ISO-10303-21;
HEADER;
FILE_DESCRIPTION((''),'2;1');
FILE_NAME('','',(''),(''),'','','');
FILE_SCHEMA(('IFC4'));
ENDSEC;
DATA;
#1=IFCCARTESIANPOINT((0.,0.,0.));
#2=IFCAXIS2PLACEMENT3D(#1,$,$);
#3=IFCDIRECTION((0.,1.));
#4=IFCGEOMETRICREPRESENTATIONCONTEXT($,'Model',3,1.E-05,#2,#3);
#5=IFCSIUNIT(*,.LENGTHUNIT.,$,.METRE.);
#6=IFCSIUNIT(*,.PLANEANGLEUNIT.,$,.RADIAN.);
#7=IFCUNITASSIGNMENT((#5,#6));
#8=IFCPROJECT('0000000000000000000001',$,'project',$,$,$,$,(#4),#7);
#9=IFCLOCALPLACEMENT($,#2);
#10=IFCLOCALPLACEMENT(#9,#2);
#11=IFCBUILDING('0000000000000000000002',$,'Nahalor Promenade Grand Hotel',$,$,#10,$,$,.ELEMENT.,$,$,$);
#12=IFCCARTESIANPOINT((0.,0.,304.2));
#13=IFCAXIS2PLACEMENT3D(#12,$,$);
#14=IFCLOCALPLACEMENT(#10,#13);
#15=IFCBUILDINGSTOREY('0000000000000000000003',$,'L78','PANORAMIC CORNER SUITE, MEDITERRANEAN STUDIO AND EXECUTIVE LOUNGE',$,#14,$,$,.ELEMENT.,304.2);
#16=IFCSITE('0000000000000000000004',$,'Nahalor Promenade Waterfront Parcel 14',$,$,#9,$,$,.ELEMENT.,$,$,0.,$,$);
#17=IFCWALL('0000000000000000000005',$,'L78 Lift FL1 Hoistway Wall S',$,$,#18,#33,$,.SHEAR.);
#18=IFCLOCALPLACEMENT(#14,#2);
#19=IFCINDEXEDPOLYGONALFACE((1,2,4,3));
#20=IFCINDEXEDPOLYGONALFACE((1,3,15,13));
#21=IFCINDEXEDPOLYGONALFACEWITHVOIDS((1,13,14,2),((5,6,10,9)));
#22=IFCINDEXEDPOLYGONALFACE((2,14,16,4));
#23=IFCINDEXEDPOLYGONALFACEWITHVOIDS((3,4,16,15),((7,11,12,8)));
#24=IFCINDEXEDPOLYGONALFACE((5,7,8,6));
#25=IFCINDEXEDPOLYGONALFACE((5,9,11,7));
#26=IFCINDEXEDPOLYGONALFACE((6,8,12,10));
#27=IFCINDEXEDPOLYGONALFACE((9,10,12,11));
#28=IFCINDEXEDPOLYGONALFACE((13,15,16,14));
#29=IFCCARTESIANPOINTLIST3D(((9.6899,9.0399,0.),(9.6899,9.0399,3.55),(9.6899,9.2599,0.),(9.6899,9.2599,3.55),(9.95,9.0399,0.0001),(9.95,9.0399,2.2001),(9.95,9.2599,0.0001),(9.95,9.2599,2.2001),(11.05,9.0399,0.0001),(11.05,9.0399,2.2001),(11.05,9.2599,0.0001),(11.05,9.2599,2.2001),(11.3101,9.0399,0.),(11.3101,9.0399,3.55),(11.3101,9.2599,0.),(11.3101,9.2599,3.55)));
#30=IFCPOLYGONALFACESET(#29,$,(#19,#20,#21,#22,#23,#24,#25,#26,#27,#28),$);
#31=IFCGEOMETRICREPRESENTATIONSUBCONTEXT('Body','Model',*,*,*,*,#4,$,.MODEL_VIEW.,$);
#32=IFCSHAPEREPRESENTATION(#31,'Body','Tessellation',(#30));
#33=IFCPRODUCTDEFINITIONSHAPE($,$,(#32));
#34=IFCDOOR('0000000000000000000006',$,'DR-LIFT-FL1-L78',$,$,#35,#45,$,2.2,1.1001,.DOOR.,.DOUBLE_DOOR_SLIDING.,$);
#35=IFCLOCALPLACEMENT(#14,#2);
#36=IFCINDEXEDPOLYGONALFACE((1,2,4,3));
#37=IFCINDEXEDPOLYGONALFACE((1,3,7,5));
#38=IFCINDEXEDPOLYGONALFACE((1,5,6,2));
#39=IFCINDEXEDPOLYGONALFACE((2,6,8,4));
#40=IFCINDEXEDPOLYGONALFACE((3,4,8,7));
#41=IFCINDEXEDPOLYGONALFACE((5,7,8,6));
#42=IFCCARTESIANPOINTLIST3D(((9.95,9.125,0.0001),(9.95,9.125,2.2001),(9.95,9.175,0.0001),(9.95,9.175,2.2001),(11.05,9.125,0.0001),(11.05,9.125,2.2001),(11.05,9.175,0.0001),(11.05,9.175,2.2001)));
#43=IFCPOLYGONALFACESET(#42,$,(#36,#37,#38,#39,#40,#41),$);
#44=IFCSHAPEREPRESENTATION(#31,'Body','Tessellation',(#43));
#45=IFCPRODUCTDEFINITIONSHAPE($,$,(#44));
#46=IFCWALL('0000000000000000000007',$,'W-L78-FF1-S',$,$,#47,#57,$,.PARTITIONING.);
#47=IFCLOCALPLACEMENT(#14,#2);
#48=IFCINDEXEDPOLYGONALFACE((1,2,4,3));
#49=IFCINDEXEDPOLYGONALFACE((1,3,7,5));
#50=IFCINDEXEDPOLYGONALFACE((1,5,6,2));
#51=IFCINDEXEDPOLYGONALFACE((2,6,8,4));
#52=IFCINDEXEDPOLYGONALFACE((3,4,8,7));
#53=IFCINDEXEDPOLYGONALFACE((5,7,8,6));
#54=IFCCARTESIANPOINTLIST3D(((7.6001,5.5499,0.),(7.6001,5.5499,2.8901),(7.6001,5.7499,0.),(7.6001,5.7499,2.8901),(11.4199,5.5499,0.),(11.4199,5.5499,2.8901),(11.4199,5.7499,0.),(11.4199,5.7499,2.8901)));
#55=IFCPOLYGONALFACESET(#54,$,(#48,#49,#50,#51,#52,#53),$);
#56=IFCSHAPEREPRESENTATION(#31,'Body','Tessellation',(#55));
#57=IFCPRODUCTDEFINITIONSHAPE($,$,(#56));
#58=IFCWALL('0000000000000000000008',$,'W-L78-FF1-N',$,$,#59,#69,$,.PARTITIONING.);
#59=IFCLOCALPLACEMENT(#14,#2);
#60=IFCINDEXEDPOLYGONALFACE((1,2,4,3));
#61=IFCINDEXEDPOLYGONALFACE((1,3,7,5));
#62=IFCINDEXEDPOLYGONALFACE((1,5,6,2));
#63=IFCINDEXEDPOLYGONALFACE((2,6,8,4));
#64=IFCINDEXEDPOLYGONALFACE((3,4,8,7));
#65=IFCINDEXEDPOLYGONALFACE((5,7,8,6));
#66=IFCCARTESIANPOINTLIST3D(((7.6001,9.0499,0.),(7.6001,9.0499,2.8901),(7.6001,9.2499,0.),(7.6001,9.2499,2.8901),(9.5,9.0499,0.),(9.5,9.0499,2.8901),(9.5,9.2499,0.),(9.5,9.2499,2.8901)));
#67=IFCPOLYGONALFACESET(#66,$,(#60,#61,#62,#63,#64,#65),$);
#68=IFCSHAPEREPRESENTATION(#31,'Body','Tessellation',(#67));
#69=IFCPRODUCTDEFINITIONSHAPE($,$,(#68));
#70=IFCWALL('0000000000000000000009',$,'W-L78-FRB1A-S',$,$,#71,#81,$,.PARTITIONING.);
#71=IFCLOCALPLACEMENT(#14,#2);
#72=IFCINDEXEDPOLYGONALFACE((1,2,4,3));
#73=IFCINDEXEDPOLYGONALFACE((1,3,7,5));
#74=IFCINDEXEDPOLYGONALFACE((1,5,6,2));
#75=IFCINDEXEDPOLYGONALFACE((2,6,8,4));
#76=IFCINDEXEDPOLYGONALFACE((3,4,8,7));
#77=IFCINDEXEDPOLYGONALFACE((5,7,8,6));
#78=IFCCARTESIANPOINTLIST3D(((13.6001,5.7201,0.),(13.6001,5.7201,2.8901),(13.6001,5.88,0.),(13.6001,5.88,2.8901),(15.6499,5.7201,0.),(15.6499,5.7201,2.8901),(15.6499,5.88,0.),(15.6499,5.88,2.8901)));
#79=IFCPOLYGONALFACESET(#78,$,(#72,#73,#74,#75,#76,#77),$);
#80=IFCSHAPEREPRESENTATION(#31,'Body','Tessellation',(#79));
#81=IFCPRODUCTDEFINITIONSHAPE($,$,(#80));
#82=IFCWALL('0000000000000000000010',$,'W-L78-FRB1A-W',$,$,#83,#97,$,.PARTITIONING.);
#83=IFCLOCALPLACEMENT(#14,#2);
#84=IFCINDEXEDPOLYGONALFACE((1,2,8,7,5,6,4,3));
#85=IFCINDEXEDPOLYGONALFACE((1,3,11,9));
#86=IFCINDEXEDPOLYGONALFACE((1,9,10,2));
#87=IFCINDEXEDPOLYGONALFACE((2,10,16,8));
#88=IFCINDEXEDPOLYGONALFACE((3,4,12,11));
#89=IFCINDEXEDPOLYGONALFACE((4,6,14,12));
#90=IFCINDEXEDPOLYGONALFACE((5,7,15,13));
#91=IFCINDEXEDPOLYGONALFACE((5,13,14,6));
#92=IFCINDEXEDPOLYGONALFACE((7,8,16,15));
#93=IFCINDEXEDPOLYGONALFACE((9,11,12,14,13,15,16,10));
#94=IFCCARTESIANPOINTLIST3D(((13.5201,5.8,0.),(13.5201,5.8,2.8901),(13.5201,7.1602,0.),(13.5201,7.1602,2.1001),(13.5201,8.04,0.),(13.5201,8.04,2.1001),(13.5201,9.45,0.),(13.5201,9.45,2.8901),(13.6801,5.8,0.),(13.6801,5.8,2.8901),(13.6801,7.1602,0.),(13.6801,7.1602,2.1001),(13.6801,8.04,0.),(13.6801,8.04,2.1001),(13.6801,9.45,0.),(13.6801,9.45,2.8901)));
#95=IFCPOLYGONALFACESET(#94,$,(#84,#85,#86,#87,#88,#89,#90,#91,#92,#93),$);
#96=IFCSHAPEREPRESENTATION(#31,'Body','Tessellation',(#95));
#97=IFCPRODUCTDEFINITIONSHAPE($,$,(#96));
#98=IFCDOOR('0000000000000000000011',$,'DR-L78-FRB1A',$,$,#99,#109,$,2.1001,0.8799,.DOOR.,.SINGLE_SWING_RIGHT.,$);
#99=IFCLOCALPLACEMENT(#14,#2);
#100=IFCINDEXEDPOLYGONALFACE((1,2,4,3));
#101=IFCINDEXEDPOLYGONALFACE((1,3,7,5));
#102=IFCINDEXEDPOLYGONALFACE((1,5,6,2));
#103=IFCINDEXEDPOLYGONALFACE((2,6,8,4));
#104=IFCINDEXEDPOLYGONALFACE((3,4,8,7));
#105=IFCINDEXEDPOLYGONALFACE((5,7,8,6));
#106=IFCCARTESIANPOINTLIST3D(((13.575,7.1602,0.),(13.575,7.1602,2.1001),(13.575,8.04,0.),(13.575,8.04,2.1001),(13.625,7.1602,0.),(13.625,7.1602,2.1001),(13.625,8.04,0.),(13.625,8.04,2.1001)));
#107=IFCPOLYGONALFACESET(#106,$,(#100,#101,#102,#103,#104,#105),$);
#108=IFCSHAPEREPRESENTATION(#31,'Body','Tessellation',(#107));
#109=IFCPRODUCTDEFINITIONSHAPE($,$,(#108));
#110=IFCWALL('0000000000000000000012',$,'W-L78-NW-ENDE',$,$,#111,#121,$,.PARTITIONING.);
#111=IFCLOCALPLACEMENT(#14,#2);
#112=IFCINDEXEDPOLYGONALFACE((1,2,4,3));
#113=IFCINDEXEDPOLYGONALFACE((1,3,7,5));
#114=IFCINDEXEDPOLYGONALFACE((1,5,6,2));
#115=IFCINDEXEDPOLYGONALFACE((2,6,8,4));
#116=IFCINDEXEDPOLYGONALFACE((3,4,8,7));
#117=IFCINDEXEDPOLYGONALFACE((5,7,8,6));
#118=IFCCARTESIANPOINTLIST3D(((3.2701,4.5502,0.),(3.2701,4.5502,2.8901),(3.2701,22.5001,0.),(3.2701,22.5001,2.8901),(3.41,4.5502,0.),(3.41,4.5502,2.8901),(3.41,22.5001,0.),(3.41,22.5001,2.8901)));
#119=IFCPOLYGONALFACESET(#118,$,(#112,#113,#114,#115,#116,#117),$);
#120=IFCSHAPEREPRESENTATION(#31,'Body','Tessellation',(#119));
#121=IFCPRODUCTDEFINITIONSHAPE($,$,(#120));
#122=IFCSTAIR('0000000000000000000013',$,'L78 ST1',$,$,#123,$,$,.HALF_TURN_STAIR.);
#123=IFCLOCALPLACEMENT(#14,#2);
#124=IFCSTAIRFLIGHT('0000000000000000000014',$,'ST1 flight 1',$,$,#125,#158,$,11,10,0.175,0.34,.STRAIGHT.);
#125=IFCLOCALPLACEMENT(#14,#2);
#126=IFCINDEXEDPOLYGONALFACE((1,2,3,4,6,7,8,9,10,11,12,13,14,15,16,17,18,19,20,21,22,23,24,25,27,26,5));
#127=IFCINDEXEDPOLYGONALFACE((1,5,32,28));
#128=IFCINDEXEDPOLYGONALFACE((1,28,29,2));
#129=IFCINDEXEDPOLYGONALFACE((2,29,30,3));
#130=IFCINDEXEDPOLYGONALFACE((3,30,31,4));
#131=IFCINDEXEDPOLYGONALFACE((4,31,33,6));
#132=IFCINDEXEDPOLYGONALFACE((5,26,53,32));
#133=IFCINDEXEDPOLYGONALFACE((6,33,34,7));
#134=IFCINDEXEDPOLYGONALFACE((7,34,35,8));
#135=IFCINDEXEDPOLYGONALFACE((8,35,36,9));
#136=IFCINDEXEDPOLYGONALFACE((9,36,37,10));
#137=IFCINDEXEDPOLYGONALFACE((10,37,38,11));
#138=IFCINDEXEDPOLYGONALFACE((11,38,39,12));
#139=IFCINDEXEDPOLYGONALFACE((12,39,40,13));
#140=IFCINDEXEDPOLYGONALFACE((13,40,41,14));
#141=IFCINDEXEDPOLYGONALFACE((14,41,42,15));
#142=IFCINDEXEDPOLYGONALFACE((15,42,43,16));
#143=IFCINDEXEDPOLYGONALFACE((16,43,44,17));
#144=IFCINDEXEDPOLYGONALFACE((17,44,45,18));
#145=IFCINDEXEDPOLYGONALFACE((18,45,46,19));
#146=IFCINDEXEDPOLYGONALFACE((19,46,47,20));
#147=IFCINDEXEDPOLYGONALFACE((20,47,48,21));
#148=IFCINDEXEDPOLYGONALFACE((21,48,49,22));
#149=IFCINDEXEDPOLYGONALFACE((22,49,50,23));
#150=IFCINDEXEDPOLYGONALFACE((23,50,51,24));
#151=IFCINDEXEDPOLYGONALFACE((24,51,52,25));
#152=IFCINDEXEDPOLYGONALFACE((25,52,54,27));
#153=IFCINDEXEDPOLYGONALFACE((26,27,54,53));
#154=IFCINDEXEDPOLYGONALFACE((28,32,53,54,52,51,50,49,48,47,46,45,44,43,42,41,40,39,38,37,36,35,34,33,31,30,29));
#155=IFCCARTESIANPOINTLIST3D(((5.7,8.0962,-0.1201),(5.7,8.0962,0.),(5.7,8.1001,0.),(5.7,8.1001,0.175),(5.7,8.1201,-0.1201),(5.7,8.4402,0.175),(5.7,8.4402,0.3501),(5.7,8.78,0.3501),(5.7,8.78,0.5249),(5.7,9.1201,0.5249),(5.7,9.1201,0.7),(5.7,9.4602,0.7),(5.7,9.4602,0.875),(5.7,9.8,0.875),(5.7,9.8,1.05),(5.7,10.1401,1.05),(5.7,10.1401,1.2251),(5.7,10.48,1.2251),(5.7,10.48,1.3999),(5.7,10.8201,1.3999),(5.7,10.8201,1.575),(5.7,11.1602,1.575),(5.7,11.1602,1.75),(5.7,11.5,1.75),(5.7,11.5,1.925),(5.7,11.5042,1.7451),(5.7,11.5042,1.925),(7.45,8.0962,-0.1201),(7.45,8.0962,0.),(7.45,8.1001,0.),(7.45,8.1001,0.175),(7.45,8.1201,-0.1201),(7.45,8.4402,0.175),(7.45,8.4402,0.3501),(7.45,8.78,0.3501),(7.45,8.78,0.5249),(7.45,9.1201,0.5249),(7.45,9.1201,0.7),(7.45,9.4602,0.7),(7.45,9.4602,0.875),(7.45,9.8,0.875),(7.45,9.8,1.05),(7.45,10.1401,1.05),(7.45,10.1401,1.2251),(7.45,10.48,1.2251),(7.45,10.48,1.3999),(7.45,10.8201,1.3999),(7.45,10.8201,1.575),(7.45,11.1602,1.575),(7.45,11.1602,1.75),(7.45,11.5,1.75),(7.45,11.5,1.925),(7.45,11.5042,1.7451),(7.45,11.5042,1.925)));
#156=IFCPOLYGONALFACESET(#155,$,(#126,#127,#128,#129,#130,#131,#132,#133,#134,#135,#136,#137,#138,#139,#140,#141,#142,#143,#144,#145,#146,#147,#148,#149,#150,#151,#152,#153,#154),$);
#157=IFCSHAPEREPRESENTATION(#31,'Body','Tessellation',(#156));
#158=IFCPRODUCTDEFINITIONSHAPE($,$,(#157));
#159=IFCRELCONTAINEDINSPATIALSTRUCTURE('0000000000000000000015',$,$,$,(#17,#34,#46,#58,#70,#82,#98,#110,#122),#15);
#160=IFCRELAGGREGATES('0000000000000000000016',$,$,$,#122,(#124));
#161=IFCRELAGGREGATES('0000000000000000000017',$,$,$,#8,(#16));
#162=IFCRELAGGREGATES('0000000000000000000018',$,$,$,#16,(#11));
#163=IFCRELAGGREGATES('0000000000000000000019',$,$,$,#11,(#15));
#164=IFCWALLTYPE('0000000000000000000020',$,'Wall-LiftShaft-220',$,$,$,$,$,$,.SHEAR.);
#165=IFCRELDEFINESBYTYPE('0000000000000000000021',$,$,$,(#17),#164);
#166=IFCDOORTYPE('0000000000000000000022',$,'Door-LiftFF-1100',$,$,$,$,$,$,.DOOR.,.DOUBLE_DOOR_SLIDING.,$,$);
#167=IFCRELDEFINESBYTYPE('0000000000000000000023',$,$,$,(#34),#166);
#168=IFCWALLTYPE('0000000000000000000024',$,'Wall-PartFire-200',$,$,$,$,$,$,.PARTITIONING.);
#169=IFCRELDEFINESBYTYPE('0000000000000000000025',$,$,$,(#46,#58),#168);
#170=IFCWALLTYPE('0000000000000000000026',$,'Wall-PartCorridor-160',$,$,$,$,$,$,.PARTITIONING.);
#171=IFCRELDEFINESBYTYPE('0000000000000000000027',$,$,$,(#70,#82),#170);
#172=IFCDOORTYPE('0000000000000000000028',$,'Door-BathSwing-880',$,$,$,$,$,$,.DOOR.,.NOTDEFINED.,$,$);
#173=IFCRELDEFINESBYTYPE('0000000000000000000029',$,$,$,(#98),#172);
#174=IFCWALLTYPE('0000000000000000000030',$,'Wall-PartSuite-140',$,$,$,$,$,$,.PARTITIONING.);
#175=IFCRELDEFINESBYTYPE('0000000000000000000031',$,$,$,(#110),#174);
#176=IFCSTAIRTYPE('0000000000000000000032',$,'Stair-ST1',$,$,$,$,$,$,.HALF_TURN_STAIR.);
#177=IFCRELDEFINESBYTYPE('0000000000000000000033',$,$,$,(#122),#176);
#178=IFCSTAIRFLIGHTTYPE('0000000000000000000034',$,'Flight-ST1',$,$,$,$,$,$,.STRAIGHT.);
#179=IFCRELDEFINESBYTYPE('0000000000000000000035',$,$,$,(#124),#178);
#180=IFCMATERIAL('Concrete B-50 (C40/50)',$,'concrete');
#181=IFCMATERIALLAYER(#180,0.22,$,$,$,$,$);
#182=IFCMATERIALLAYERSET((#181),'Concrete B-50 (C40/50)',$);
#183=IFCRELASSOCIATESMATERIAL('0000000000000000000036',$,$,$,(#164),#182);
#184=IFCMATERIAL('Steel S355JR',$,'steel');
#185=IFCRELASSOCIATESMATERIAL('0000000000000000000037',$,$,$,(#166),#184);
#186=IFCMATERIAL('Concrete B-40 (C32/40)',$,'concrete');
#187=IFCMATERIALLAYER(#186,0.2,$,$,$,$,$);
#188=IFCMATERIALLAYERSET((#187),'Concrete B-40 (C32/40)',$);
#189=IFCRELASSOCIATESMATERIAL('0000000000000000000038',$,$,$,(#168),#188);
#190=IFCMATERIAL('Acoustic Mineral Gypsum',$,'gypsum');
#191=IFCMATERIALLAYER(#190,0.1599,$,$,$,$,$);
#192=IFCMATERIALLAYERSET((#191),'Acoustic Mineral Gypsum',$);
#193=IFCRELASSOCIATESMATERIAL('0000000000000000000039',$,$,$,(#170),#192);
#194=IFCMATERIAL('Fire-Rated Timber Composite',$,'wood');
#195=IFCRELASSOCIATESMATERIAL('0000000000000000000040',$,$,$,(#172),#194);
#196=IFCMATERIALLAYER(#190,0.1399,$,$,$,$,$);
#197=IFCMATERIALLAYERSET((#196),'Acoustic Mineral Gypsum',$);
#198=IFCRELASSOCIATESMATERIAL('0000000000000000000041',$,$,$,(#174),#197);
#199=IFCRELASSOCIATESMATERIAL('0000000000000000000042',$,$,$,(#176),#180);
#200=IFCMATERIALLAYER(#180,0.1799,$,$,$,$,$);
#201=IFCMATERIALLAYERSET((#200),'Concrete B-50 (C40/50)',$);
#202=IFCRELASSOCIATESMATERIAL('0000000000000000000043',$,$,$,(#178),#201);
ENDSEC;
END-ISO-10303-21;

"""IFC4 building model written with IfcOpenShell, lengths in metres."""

from ifc_helpers import new_model, si_unit, direction, frame, frame_2d, origin, place, context, subcontext, project, spatial, polyline, rectangle, outline, extrude, source, transform, mapped, material, layer, layer_set, type_object, element, fill, aggregate, save


model = new_model("IFC4")

# Units and contexts
model_context = context("Model", 3, precision=1e-05, world=origin(), true_north=direction((0.0, 1.0)))
body_context = subcontext(model_context, "Body", "Model", "MODEL_VIEW")
ifc_project = project(units=[si_unit("LENGTHUNIT", "METRE"), si_unit("PLANEANGLEUNIT", "RADIAN")], contexts=[model_context])

# Site, building, storey
site_placement = place(None, origin())
site = spatial("IfcSite", under=ifc_project, at=site_placement, Name="Nahalor Promenade Waterfront Parcel 14", CompositionType="ELEMENT", RefElevation=0.0)
building_placement = place(site_placement, origin())
building = spatial("IfcBuilding", under=site, at=building_placement, Name="Nahalor Promenade Grand Hotel", CompositionType="ELEMENT")
storey_placement = place(building_placement, frame((0.0, 0.0, 304.2)))
storey = spatial("IfcBuildingStorey", under=building, at=storey_placement, Name="L78", Description="PANORAMIC CORNER SUITE, MEDITERRANEAN STUDIO AND EXECUTIVE LOUNGE", CompositionType="ELEMENT", Elevation=304.2)

# Shared definitions
ifc_material_1 = material(Name="Steel S355JR", Category="steel")

# Shared definitions
ifc_material_2 = material(Name="Concrete B-50 (C40/50)", Category="concrete")

# Shared definitions
ifc_layer_1 = layer(ifc_material_2, 0.22)
ifc_layer_set_1 = layer_set([ifc_layer_1], Name="Concrete B-50 (C40/50)")
wall_type_1 = type_object("IfcWallType", Name="Wall-LiftShaft-220", PredefinedType="SHEAR", material=ifc_layer_set_1)

# Wall, opening, door
shared_shape_1 = source(origin(), body_context, "Body", "SweptSolid", [
    extrude(rectangle(XDim=1.6201, YDim=0.22, at=frame_2d((0.8101, 0.0))), origin(), (0.0, 0.0, 1.0), 3.55),
])
wall_1_placement = place(storey_placement, frame((9.6899, 9.1499, 0.0), z_axis=(0.0, 0.0, 1.0), x_axis=(1.0, 0.0, 0.0)))
wall_1 = element("IfcWall", 1, at=wall_1_placement, inside=storey, type_object=wall_type_1, Name="L78 Lift FL1 Hoistway Wall S", PredefinedType="SHEAR", context=body_context, shape_type="MappedRepresentation", body=[
    mapped(shared_shape_1, transform((0.0, 0.0, 0.0), scale=1.0)),
])
opening_1_placement = place(wall_1_placement, frame((0.26, 0.0, 0.0)))
opening_1 = element("IfcOpeningElement", 2, at=opening_1_placement, cuts=wall_1, PredefinedType="OPENING", context=body_context, shape_type="SweptSolid", body=[
    extrude(rectangle(XDim=1.1001, YDim=2.2, at=frame_2d((0.55, 1.1001))), frame((0.0, 0.1199, 0.0), z_axis=(0.0, -1.0, 0.0), x_axis=(1.0, 0.0, 0.0)), (0.0, 0.0, 1.0), 0.24),
])
door_type_1 = type_object("IfcDoorType", Name="Door-LiftFF-1100", OperationType="DOUBLE_DOOR_SLIDING", PredefinedType="DOOR", material=ifc_material_1)
shared_shape_2 = source(origin(), body_context, "Body", "SweptSolid", [
    extrude(rectangle(XDim=1.1001, YDim=2.2, at=frame_2d((0.55, 1.1001))), frame((0.0, 0.0249, 0.0), z_axis=(0.0, -1.0, 0.0), x_axis=(1.0, 0.0, 0.0)), (0.0, 0.0, 1.0), 0.05),
])
door_1_placement = place(opening_1_placement, frame((1.1001, 0.0, 0.0), z_axis=(0.0, 0.0, 1.0), x_axis=(-1.0, 0.0, 0.0)))
door_1 = element("IfcDoor", 3, at=door_1_placement, inside=storey, type_object=door_type_1, Name="DR-LIFT-FL1-L78", OperationType="DOUBLE_DOOR_SLIDING", OverallHeight=2.2, OverallWidth=1.1001, PredefinedType="DOOR", context=body_context, shape_type="MappedRepresentation", body=[
    mapped(shared_shape_2, transform((0.0, 0.0, 0.0), scale=1.0)),
])
fill(opening_1, door_1)

# Walls
ifc_material_3 = material(Name="Concrete B-40 (C32/40)", Category="concrete")
ifc_layer_2 = layer(ifc_material_3, 0.2)
ifc_layer_set_2 = layer_set([ifc_layer_2], Name="Concrete B-40 (C32/40)")
wall_type_2 = type_object("IfcWallType", Name="Wall-PartFire-200", PredefinedType="PARTITIONING", material=ifc_layer_set_2)
shared_shape_3 = source(origin(), body_context, "Body", "SweptSolid", [
    extrude(rectangle(XDim=3.8198, YDim=0.2, at=frame_2d((1.9099, 0.0))), origin(), (0.0, 0.0, 1.0), 2.8901),
])
wall_2_placement = place(storey_placement, frame((7.6001, 5.6499, 0.0), z_axis=(0.0, 0.0, 1.0), x_axis=(1.0, 0.0, 0.0)))
element("IfcWall", 4, at=wall_2_placement, inside=storey, type_object=wall_type_2, Name="W-L78-FF1-S", PredefinedType="PARTITIONING", context=body_context, shape_type="MappedRepresentation", body=[
    mapped(shared_shape_3, transform((0.0, 0.0, 0.0), scale=1.0)),
])
shared_shape_4 = source(origin(), body_context, "Body", "SweptSolid", [
    extrude(rectangle(XDim=1.8999, YDim=0.2, at=frame_2d((0.95, 0.0))), origin(), (0.0, 0.0, 1.0), 2.8901),
])
wall_3_placement = place(storey_placement, frame((7.6001, 9.1499, 0.0), z_axis=(0.0, 0.0, 1.0), x_axis=(1.0, 0.0, 0.0)))
element("IfcWall", 5, at=wall_3_placement, inside=storey, type_object=wall_type_2, Name="W-L78-FF1-N", PredefinedType="PARTITIONING", context=body_context, shape_type="MappedRepresentation", body=[
    mapped(shared_shape_4, transform((0.0, 0.0, 0.0), scale=1.0)),
])

# Wall
ifc_material_4 = material(Name="Acoustic Mineral Gypsum", Category="gypsum")
ifc_layer_3 = layer(ifc_material_4, 0.1599)
ifc_layer_set_3 = layer_set([ifc_layer_3], Name="Acoustic Mineral Gypsum")
wall_type_3 = type_object("IfcWallType", Name="Wall-PartCorridor-160", PredefinedType="PARTITIONING", material=ifc_layer_set_3)
shared_shape_5 = source(origin(), body_context, "Body", "SweptSolid", [
    extrude(rectangle(XDim=2.0498, YDim=0.1599, at=frame_2d((1.0249, 0.0))), origin(), (0.0, 0.0, 1.0), 2.8901),
])
wall_4_placement = place(storey_placement, frame((13.6001, 5.8, 0.0), z_axis=(0.0, 0.0, 1.0), x_axis=(1.0, 0.0, 0.0)))
element("IfcWall", 6, at=wall_4_placement, inside=storey, type_object=wall_type_3, Name="W-L78-FRB1A-S", PredefinedType="PARTITIONING", context=body_context, shape_type="MappedRepresentation", body=[
    mapped(shared_shape_5, transform((0.0, 0.0, 0.0), scale=1.0)),
])

# Wall, opening, door
shared_shape_6 = source(origin(), body_context, "Body", "SweptSolid", [
    extrude(rectangle(XDim=3.6499, YDim=0.1599, at=frame_2d((1.825, 0.0))), origin(), (0.0, 0.0, 1.0), 2.8901),
])
wall_5_placement = place(storey_placement, frame((13.6001, 5.8, 0.0), z_axis=(0.0, 0.0, 1.0), x_axis=(0.0, 1.0, 0.0)))
wall_5 = element("IfcWall", 7, at=wall_5_placement, inside=storey, type_object=wall_type_3, Name="W-L78-FRB1A-W", PredefinedType="PARTITIONING", context=body_context, shape_type="MappedRepresentation", body=[
    mapped(shared_shape_6, transform((0.0, 0.0, 0.0), scale=1.0)),
])
opening_2_placement = place(wall_5_placement, frame((1.3601, 0.0, 0.0)))
opening_2 = element("IfcOpeningElement", 8, at=opening_2_placement, cuts=wall_5, PredefinedType="OPENING", context=body_context, shape_type="SweptSolid", body=[
    extrude(rectangle(XDim=0.8799, YDim=2.1001, at=frame_2d((0.4399, 1.05))), frame((0.0, 0.0898, 0.0), z_axis=(0.0, -1.0, 0.0), x_axis=(1.0, 0.0, 0.0)), (0.0, 0.0, 1.0), 0.1799),
])
ifc_material_5 = material(Name="Fire-Rated Timber Composite", Category="wood")
door_type_2 = type_object("IfcDoorType", Name="Door-BathSwing-880", OperationType="NOTDEFINED", PredefinedType="DOOR", material=ifc_material_5)
shared_shape_7 = source(origin(), body_context, "Body", "SweptSolid", [
    extrude(rectangle(XDim=0.8799, YDim=2.1001, at=frame_2d((0.4399, 1.05))), frame((0.0, 0.0249, 0.0), z_axis=(0.0, -1.0, 0.0), x_axis=(1.0, 0.0, 0.0)), (0.0, 0.0, 1.0), 0.05),
])
door_2_placement = place(opening_2_placement, frame((0.8799, 0.0, 0.0), z_axis=(0.0, 0.0, 1.0), x_axis=(-1.0, 0.0, 0.0)))
door_2 = element("IfcDoor", 9, at=door_2_placement, inside=storey, type_object=door_type_2, Name="DR-L78-FRB1A", OperationType="SINGLE_SWING_RIGHT", OverallHeight=2.1001, OverallWidth=0.8799, PredefinedType="DOOR", context=body_context, shape_type="MappedRepresentation", body=[
    mapped(shared_shape_7, transform((0.0, 0.0, 0.0), scale=1.0)),
])
fill(opening_2, door_2)

# Wall
ifc_layer_4 = layer(ifc_material_4, 0.1399)
ifc_layer_set_4 = layer_set([ifc_layer_4], Name="Acoustic Mineral Gypsum")
wall_type_4 = type_object("IfcWallType", Name="Wall-PartSuite-140", PredefinedType="PARTITIONING", material=ifc_layer_set_4)
shared_shape_8 = source(origin(), body_context, "Body", "SweptSolid", [
    extrude(rectangle(XDim=17.95, YDim=0.1399, at=frame_2d((8.9751, 0.0))), origin(), (0.0, 0.0, 1.0), 2.8901),
])
wall_6_placement = place(storey_placement, frame((3.3401, 4.55, 0.0), z_axis=(0.0, 0.0, 1.0), x_axis=(0.0, 1.0, 0.0)))
element("IfcWall", 10, at=wall_6_placement, inside=storey, type_object=wall_type_4, Name="W-L78-NW-ENDE", PredefinedType="PARTITIONING", context=body_context, shape_type="MappedRepresentation", body=[
    mapped(shared_shape_8, transform((0.0, 0.0, 0.0), scale=1.0)),
])

# Stair, stair flight
stair_type = type_object("IfcStairType", Name="Stair-ST1", PredefinedType="HALF_TURN_STAIR", material=ifc_material_2)
stair_placement = place(storey_placement, origin())
stair = element("IfcStair", 11, at=stair_placement, inside=storey, type_object=stair_type, Name="L78 ST1", PredefinedType="HALF_TURN_STAIR")
ifc_layer_5 = layer(ifc_material_2, 0.1799)
ifc_layer_set_5 = layer_set([ifc_layer_5], Name="Concrete B-50 (C40/50)")
stair_flight_type = type_object("IfcStairFlightType", Name="Flight-ST1", PredefinedType="STRAIGHT", material=ifc_layer_set_5)
shared_shape_9 = source(origin(), body_context, "Body", "SweptSolid", [
    extrude(outline(polyline([(-0.0039, -0.1201), (-0.0039, 0.0), (0.0, 0.0), (0.0, 0.175), (0.3401, 0.175), (0.3401, 0.3501), (0.6799, 0.3501), (0.6799, 0.5249), (1.02, 0.5249), (1.02, 0.7), (1.3601, 0.7), (1.3601, 0.875), (1.7, 0.875), (1.7, 1.05), (2.04, 1.05), (2.04, 1.2251), (2.3799, 1.2251), (2.3799, 1.3999), (2.72, 1.3999), (2.72, 1.575), (3.0601, 1.575), (3.0601, 1.75), (3.3999, 1.75), (3.3999, 1.925), (3.4041, 1.925), (3.4041, 1.7451), (0.02, -0.1201), (-0.0039, -0.1201)])), frame((0.0, 0.875, 0.0), z_axis=(0.0, -1.0, 0.0), x_axis=(1.0, 0.0, 0.0)), (0.0, 0.0, 1.0), 1.75),
])
stair_flight_placement = place(storey_placement, frame((6.575, 8.1001, 0.0), z_axis=(0.0, 0.0, 1.0), x_axis=(0.0, 1.0, 0.0)))
stair_flight = element("IfcStairFlight", 12, at=stair_flight_placement, type_object=stair_flight_type, Name="ST1 flight 1", NumberOfRisers=11, NumberOfTreads=10, PredefinedType="STRAIGHT", RiserHeight=0.175, TreadLength=0.34, context=body_context, shape_type="MappedRepresentation", body=[
    mapped(shared_shape_9, transform((0.0, 0.0, 0.0), scale=1.0)),
])
aggregate(stair, [stair_flight])

save(model, "model.ifc")
